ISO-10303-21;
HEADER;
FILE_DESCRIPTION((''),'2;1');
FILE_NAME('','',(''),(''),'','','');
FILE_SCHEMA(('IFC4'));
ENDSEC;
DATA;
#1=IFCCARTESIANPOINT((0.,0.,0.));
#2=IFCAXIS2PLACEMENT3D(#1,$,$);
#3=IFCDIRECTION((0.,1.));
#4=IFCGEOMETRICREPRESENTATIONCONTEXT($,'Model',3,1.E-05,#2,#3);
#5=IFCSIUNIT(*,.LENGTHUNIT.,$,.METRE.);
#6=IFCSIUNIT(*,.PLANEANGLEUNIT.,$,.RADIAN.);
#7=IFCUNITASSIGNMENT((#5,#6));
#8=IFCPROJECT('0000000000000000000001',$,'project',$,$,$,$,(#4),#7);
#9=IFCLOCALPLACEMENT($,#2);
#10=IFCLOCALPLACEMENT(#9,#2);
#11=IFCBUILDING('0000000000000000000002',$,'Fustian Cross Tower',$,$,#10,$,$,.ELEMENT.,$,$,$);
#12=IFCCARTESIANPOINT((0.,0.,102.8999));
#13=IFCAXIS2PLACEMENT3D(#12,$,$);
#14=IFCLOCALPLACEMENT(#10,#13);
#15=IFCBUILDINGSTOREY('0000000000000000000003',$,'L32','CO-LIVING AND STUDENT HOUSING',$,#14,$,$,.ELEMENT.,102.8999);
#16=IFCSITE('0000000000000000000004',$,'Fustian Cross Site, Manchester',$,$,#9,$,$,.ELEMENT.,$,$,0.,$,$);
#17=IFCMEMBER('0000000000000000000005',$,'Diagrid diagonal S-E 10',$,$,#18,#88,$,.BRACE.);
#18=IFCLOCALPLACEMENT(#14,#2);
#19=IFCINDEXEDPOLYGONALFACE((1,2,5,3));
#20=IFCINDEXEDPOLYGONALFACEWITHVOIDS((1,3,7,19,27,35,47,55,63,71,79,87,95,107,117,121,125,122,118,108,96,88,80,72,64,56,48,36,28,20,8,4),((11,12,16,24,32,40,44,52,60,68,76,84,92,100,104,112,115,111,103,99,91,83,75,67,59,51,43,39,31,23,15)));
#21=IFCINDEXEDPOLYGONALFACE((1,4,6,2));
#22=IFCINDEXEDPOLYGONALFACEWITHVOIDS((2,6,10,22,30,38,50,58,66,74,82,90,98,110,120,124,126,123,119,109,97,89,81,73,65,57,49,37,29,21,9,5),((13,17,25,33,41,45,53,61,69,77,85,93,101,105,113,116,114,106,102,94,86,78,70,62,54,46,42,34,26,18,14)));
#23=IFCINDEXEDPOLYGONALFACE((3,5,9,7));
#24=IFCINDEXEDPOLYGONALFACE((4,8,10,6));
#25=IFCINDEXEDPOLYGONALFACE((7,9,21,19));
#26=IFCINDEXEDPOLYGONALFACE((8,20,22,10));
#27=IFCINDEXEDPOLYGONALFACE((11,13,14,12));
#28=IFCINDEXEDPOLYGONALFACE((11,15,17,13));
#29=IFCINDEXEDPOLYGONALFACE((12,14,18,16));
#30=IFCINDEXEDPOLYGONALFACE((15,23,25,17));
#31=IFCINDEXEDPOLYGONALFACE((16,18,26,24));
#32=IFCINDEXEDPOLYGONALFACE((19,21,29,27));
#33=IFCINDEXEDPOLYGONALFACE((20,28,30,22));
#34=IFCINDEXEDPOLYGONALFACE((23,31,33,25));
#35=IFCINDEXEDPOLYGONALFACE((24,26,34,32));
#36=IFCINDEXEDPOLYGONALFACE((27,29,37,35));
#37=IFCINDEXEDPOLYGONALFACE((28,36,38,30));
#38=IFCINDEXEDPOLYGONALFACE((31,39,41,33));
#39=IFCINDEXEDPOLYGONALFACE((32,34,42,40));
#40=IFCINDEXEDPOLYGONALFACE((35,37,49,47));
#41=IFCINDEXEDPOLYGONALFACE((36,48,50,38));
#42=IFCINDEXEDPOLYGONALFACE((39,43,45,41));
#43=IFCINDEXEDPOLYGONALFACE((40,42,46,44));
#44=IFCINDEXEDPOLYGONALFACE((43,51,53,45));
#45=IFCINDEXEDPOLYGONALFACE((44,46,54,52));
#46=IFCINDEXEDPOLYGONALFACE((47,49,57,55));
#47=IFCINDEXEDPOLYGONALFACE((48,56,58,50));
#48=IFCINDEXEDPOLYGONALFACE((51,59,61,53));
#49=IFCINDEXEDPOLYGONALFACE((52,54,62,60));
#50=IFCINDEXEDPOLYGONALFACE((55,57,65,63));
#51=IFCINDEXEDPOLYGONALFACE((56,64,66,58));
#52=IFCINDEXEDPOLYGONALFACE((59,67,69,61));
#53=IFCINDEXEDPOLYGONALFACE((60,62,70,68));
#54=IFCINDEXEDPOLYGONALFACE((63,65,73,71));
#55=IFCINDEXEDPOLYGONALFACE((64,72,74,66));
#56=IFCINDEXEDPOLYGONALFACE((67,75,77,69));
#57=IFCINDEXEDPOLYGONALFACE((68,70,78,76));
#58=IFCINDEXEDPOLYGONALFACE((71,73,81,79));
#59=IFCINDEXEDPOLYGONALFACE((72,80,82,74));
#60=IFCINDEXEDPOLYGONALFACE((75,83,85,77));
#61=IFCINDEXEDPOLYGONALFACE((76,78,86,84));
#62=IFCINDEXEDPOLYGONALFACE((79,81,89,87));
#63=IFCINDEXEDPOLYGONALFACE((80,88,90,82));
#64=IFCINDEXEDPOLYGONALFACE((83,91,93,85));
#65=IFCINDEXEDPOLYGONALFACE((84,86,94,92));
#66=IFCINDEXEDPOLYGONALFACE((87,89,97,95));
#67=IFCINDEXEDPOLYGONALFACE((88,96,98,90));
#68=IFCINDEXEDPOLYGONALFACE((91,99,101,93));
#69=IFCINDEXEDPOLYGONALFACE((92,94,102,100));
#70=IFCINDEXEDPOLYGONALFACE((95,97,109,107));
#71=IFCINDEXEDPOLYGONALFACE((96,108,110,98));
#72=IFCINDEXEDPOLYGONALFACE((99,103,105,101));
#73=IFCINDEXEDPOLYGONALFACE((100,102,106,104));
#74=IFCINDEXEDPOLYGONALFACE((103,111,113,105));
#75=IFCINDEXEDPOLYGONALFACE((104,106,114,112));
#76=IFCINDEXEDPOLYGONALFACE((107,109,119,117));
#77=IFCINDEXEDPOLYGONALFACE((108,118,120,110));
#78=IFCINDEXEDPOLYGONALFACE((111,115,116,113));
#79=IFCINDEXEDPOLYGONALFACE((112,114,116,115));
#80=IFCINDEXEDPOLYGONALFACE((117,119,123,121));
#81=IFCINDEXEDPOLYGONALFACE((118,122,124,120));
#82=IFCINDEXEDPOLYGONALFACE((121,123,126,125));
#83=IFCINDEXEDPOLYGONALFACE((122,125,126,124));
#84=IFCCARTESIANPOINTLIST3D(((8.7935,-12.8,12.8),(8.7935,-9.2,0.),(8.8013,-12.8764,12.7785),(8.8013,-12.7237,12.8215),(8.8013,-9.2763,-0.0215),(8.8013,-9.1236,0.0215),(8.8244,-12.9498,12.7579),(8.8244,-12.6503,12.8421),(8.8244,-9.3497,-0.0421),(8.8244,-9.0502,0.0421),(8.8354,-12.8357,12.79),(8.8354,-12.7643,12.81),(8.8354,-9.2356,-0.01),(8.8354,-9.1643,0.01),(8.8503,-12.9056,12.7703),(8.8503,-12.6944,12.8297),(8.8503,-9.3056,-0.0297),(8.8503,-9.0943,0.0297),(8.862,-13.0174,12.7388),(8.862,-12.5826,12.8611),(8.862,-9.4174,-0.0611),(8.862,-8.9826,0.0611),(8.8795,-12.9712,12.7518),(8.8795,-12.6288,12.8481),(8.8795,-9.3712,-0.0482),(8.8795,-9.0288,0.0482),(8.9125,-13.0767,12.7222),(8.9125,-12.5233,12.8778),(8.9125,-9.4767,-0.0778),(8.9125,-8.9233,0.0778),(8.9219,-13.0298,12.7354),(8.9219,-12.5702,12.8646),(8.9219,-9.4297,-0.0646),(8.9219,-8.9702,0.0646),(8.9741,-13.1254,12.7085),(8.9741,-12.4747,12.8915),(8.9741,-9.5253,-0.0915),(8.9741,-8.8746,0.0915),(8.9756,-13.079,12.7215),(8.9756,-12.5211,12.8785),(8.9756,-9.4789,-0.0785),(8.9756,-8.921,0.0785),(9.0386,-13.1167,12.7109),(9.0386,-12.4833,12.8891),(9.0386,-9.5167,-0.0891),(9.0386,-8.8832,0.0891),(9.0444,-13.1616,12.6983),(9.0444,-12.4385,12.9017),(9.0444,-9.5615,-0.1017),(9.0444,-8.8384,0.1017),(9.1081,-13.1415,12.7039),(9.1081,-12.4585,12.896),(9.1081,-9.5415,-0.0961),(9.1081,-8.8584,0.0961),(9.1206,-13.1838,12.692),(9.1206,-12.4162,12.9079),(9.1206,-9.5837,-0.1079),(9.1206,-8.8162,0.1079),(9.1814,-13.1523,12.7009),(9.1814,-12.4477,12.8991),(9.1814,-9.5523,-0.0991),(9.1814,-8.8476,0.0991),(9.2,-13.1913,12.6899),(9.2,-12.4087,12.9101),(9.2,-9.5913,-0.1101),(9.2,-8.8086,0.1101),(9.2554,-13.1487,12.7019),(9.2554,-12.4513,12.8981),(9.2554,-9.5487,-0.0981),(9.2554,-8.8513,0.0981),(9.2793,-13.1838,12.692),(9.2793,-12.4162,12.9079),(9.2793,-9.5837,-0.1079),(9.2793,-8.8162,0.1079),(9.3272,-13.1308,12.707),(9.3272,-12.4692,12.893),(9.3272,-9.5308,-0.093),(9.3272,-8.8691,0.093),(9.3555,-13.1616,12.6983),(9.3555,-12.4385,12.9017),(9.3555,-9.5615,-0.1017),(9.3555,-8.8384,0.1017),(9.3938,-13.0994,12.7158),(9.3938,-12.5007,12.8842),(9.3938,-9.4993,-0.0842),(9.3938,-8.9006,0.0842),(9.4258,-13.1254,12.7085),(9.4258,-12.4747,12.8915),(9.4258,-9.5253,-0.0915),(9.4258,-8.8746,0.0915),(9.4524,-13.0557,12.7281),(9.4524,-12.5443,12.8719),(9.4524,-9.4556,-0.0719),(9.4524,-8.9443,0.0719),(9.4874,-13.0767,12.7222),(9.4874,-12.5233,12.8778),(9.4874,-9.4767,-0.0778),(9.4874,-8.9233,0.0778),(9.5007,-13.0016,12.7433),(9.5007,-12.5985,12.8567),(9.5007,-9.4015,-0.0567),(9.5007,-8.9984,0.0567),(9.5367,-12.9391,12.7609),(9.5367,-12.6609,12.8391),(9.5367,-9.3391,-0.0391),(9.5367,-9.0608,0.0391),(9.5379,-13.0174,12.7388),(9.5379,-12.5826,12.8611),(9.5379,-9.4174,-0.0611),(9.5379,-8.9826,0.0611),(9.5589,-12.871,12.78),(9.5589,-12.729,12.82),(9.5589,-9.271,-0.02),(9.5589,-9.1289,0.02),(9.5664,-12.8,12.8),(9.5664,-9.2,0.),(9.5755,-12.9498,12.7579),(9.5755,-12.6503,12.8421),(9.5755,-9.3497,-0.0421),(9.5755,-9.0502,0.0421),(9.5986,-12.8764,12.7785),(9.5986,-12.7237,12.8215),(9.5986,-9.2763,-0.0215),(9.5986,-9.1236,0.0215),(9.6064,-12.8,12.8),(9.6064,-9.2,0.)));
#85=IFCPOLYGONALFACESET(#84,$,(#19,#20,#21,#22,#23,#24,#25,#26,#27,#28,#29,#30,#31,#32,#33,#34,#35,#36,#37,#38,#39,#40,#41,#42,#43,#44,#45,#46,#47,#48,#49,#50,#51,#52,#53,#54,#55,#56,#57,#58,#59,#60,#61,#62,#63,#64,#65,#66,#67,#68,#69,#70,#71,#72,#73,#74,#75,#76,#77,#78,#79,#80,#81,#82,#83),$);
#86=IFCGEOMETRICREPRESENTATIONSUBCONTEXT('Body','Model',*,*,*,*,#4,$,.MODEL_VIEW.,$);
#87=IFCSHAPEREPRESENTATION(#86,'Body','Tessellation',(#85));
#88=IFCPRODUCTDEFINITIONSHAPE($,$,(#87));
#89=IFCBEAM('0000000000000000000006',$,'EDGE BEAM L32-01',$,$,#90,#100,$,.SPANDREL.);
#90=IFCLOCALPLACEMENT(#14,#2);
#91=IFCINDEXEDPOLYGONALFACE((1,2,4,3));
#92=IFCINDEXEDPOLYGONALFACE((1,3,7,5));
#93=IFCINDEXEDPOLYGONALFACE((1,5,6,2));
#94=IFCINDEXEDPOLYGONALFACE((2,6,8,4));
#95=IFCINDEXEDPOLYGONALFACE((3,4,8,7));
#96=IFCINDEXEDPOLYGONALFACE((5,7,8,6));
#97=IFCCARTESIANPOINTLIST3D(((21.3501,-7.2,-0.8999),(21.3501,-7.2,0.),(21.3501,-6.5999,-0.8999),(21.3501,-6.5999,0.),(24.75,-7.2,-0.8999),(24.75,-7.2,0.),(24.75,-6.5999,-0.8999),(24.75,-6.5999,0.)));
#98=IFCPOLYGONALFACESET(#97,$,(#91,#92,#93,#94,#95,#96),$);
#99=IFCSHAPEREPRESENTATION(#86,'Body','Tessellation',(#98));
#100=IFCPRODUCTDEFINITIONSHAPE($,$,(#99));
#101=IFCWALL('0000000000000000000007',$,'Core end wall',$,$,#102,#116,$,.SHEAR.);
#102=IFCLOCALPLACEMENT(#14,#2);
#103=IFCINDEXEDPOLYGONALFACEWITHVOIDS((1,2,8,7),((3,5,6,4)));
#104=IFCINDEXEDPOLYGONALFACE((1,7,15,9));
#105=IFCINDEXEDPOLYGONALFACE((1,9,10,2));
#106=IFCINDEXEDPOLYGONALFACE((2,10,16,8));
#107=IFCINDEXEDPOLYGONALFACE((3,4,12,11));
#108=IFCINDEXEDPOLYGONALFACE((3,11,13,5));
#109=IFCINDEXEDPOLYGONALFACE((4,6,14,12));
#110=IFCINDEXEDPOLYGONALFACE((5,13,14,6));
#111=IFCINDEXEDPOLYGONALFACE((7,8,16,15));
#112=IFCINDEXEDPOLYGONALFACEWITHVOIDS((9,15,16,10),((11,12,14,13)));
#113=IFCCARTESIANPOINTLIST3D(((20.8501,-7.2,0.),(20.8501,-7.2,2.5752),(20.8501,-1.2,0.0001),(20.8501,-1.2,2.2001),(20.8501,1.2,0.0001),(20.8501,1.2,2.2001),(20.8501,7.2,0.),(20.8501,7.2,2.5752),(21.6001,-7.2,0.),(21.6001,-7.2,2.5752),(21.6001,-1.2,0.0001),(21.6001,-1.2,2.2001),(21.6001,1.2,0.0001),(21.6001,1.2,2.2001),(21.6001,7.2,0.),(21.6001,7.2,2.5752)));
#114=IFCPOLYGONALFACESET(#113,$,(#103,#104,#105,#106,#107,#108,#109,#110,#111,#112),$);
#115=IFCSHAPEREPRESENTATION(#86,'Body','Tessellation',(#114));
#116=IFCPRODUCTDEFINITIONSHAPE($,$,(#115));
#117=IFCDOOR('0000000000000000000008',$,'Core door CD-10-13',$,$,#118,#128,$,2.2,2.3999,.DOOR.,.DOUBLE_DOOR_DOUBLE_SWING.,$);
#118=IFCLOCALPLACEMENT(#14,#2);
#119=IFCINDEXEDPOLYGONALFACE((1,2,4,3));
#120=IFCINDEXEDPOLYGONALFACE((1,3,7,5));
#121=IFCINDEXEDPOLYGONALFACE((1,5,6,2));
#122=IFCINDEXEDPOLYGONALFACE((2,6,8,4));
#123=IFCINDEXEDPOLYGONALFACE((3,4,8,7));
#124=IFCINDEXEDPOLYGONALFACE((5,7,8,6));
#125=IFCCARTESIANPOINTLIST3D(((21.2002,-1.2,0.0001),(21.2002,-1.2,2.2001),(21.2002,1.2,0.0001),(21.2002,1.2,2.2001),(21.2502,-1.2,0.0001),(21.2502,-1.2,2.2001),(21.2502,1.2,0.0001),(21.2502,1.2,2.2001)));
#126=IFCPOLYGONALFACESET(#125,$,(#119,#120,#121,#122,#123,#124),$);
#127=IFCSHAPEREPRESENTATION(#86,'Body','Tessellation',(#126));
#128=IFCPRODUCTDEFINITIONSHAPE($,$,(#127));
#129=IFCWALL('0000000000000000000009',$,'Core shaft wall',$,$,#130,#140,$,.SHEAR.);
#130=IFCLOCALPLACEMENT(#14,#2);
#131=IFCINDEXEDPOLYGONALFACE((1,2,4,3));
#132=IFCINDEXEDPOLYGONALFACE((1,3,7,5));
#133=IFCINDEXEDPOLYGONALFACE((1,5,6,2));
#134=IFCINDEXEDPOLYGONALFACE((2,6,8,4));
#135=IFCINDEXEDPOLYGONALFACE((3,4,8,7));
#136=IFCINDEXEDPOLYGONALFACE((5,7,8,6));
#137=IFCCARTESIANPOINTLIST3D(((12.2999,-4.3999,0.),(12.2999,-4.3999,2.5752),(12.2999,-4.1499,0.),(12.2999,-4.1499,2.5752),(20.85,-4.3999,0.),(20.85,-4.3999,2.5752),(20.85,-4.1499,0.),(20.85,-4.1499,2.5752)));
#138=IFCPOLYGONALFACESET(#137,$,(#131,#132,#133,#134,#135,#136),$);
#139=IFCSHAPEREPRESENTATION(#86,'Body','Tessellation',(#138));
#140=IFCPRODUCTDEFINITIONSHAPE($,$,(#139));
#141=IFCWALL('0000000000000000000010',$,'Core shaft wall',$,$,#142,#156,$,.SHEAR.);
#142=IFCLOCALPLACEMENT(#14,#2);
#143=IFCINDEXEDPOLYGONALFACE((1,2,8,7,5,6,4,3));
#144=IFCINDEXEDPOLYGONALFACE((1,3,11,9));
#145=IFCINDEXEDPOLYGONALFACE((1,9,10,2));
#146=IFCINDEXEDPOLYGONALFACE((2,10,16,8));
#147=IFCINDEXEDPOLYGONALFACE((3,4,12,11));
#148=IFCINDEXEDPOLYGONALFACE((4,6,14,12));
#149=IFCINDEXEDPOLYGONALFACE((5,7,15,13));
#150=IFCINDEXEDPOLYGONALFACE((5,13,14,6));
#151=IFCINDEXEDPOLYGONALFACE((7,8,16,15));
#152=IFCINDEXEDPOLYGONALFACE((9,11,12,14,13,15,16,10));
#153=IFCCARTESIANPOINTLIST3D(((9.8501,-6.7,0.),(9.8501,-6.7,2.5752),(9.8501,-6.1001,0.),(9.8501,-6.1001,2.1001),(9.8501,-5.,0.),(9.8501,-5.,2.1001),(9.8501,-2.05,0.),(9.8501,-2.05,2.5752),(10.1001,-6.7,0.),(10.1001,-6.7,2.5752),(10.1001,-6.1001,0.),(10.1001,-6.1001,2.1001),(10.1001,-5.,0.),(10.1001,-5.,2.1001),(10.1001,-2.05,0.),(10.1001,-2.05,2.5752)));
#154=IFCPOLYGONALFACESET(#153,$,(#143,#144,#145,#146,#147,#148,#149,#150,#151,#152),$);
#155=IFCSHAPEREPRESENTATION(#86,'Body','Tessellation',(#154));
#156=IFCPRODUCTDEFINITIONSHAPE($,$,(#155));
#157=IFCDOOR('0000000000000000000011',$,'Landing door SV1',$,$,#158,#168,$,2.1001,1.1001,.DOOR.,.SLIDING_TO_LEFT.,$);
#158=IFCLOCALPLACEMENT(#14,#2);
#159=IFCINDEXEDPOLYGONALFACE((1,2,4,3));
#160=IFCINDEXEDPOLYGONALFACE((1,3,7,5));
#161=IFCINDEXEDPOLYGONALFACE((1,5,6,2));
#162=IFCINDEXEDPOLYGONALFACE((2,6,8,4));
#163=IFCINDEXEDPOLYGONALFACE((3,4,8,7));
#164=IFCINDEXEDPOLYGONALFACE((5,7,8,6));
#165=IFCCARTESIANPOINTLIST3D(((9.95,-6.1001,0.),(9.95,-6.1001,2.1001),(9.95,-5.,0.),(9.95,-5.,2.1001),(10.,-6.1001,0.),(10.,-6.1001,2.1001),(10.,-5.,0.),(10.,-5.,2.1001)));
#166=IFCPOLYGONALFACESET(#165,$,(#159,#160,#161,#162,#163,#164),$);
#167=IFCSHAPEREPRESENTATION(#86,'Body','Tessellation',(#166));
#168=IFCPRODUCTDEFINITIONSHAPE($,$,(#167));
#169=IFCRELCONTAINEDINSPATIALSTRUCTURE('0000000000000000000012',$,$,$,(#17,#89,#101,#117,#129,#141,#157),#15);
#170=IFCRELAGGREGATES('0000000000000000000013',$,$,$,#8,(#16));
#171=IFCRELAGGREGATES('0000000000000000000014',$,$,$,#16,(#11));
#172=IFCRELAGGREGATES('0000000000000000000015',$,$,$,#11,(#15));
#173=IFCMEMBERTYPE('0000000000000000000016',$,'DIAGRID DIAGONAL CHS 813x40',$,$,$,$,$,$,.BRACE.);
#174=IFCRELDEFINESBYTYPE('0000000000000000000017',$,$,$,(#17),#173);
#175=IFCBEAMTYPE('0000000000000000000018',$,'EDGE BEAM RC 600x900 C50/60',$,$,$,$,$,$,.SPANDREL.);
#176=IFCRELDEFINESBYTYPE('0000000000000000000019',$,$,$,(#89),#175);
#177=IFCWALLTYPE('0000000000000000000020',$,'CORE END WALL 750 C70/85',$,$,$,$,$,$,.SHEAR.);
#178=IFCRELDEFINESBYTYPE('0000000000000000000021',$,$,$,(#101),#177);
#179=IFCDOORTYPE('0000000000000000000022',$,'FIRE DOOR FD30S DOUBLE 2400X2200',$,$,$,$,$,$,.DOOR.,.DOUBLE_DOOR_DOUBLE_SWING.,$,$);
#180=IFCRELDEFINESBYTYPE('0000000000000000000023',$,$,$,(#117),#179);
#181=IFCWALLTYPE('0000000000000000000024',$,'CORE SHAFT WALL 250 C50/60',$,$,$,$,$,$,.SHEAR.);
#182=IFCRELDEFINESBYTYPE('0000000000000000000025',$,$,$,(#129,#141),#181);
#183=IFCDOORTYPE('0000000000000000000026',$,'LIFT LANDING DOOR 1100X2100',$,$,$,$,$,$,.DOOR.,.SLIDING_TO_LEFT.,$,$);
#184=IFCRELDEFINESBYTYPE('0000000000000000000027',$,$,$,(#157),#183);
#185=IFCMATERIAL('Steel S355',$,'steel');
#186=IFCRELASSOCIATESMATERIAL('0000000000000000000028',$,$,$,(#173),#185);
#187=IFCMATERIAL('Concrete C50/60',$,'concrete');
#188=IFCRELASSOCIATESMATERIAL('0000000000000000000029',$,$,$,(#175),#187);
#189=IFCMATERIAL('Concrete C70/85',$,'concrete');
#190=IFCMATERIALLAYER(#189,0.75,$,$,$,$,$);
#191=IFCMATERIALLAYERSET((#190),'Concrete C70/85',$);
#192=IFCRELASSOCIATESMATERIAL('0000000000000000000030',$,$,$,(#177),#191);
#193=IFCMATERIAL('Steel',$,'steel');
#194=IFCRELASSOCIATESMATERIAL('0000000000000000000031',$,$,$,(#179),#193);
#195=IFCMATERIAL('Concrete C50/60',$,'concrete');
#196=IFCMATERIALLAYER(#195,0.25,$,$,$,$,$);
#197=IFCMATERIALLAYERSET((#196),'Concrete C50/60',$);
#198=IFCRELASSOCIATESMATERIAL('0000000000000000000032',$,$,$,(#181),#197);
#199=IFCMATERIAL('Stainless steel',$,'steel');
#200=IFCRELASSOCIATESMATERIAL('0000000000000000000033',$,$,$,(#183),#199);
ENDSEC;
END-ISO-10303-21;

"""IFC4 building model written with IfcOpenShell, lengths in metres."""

from ifc_helpers import new_model, si_unit, direction, frame, frame_2d, origin, origin_2d, place, context, subcontext, project, spatial, rectangle, hollow_circle, extrude, material, layer, layer_set, material_profile, profile_set, type_object, element, fill, save


model = new_model("IFC4")

# Units and contexts
model_context = context("Model", 3, precision=1e-05, world=origin(), true_north=direction((0.0, 1.0)))
body_context = subcontext(model_context, "Body", "Model", "MODEL_VIEW")
ifc_project = project(units=[si_unit("LENGTHUNIT", "METRE"), si_unit("PLANEANGLEUNIT", "RADIAN")], contexts=[model_context])

# Site, building, storey
site_placement = place(None, origin())
site = spatial("IfcSite", under=ifc_project, at=site_placement, Name="Fustian Cross Site, Manchester", CompositionType="ELEMENT", RefElevation=0.0)
building_placement = place(site_placement, origin())
building = spatial("IfcBuilding", under=site, at=building_placement, Name="Fustian Cross Tower", CompositionType="ELEMENT")
storey_placement = place(building_placement, frame((0.0, 0.0, 102.8999)))
storey = spatial("IfcBuildingStorey", under=building, at=storey_placement, Name="L32", Description="CO-LIVING AND STUDENT HOUSING", CompositionType="ELEMENT", Elevation=102.8999)

# Member
ifc_material_1 = material(Name="Steel S355", Category="steel")
ifc_material_profile_1 = material_profile(ifc_material_1, hollow_circle(Radius=0.4065, WallThickness=0.04, at=origin_2d()), Name="CHS 813x40")
ifc_profile_set_1 = profile_set([ifc_material_profile_1], Name="Steel S355")
member_type_1 = type_object("IfcMemberType", Name="DIAGRID DIAGONAL CHS 813x40", PredefinedType="BRACE", material=ifc_profile_set_1)
for number, where, z_axis, x_axis, name in (
    (1, (9.2, -9.2, 0.0), (0.0, -0.270751, 0.962649), (1.0, 0.0, 0.0), "Diagrid diagonal S-E 10"),
):
    element("IfcMember", number, at=place(storey_placement, frame(where, z_axis=z_axis, x_axis=x_axis)), inside=storey, type_object=member_type_1, Name=name, PredefinedType="BRACE", context=body_context, shape_type="SweptSolid", body=[
        extrude(hollow_circle(Radius=0.4065, WallThickness=0.04, at=origin_2d()), origin(), (0.0, 0.0, 1.0), 13.2966),
    ])

# Beam
ifc_material_2 = material(Name="Concrete C50/60", Category="concrete")
ifc_material_profile_2 = material_profile(ifc_material_2, rectangle(XDim=0.6001, YDim=0.8999, at=origin_2d()), Name="RC 600x900")
ifc_profile_set_2 = profile_set([ifc_material_profile_2], Name="Concrete C50/60")
beam_type = type_object("IfcBeamType", Name="EDGE BEAM RC 600x900 C50/60", PredefinedType="SPANDREL", material=ifc_profile_set_2)
beam_placement = place(storey_placement, frame((21.3501, -6.8999, -0.45), z_axis=(1.0, 0.0, 0.0), x_axis=(0.0, 1.0, 0.0)))
element("IfcBeam", 2, at=beam_placement, inside=storey, type_object=beam_type, Name="EDGE BEAM L32-01", PredefinedType="SPANDREL", context=body_context, shape_type="SweptSolid", body=[
    extrude(rectangle(XDim=0.6001, YDim=0.8999, at=origin_2d()), origin(), (0.0, 0.0, 1.0), 3.3999),
])

# Wall, opening, door
ifc_material_3 = material(Name="Concrete C70/85", Category="concrete")
ifc_layer_1 = layer(ifc_material_3, 0.75)
ifc_layer_set_1 = layer_set([ifc_layer_1], Name="Concrete C70/85")
wall_type_1 = type_object("IfcWallType", Name="CORE END WALL 750 C70/85", PredefinedType="SHEAR", material=ifc_layer_set_1)
wall_1_placement = place(storey_placement, frame((21.2251, -7.2, 0.0), z_axis=(0.0, 0.0, 1.0), x_axis=(0.0, 1.0, 0.0)))
wall_1 = element("IfcWall", 3, at=wall_1_placement, inside=storey, type_object=wall_type_1, Name="Core end wall", PredefinedType="SHEAR", context=body_context, shape_type="SweptSolid", body=[
    extrude(rectangle(XDim=14.3999, YDim=0.75, at=frame_2d((7.2, 0.0))), origin(), (0.0, 0.0, 1.0), 2.5752),
])
opening_1_placement = place(wall_1_placement, frame((6.0, 0.0, 0.0)))
opening_1 = element("IfcOpeningElement", 4, at=opening_1_placement, cuts=wall_1, PredefinedType="OPENING", context=body_context, shape_type="SweptSolid", body=[
    extrude(rectangle(XDim=2.3999, YDim=2.2, at=frame_2d((1.2, 1.1001))), frame((0.0, 0.385, 0.0), z_axis=(0.0, -1.0, 0.0), x_axis=(1.0, 0.0, 0.0)), (0.0, 0.0, 1.0), 0.77),
])
ifc_material_4 = material(Name="Steel", Category="steel")
door_type_1 = type_object("IfcDoorType", Name="FIRE DOOR FD30S DOUBLE 2400X2200", OperationType="DOUBLE_DOOR_DOUBLE_SWING", PredefinedType="DOOR", material=ifc_material_4)
door_1_placement = place(opening_1_placement, origin())
door_1 = element("IfcDoor", 5, at=door_1_placement, inside=storey, type_object=door_type_1, Name="Core door CD-10-13", OperationType="DOUBLE_DOOR_DOUBLE_SWING", OverallHeight=2.2, OverallWidth=2.3999, PredefinedType="DOOR", context=body_context, shape_type="SweptSolid", body=[
    extrude(rectangle(XDim=2.3999, YDim=2.2, at=frame_2d((1.2, 1.1001))), frame((0.0, 0.0249, 0.0), z_axis=(0.0, -1.0, 0.0), x_axis=(1.0, 0.0, 0.0)), (0.0, 0.0, 1.0), 0.05),
])
fill(opening_1, door_1)

# Wall
ifc_material_5 = material(Name="Concrete C50/60", Category="concrete")
ifc_layer_2 = layer(ifc_material_5, 0.25)
ifc_layer_set_2 = layer_set([ifc_layer_2], Name="Concrete C50/60")
wall_type_2 = type_object("IfcWallType", Name="CORE SHAFT WALL 250 C50/60", PredefinedType="SHEAR", material=ifc_layer_set_2)
wall_2_placement = place(storey_placement, frame((12.3, -4.2749, 0.0), z_axis=(0.0, 0.0, 1.0), x_axis=(1.0, 0.0, 0.0)))
element("IfcWall", 6, at=wall_2_placement, inside=storey, type_object=wall_type_2, Name="Core shaft wall", PredefinedType="SHEAR", context=body_context, shape_type="SweptSolid", body=[
    extrude(rectangle(XDim=8.55, YDim=0.25, at=frame_2d((4.2749, 0.0))), origin(), (0.0, 0.0, 1.0), 2.5752),
])

# Wall, opening, door
wall_3_placement = place(storey_placement, frame((9.9751, -2.05, 0.0), z_axis=(0.0, 0.0, 1.0), x_axis=(0.0, -1.0, 0.0)))
wall_3 = element("IfcWall", 7, at=wall_3_placement, inside=storey, type_object=wall_type_2, Name="Core shaft wall", PredefinedType="SHEAR", context=body_context, shape_type="SweptSolid", body=[
    extrude(rectangle(XDim=4.6499, YDim=0.25, at=frame_2d((2.325, 0.0))), origin(), (0.0, 0.0, 1.0), 2.5752),
])
opening_2_placement = place(wall_3_placement, frame((2.95, 0.0, 0.0)))
opening_2 = element("IfcOpeningElement", 8, at=opening_2_placement, cuts=wall_3, PredefinedType="OPENING", context=body_context, shape_type="SweptSolid", body=[
    extrude(rectangle(XDim=1.1001, YDim=2.1001, at=frame_2d((0.55, 1.05))), frame((0.0, 0.135, 0.0), z_axis=(0.0, -1.0, 0.0), x_axis=(1.0, 0.0, 0.0)), (0.0, 0.0, 1.0), 0.27),
])
ifc_material_6 = material(Name="Stainless steel", Category="steel")
door_type_2 = type_object("IfcDoorType", Name="LIFT LANDING DOOR 1100X2100", OperationType="SLIDING_TO_LEFT", PredefinedType="DOOR", material=ifc_material_6)
door_2_placement = place(opening_2_placement, origin())
door_2 = element("IfcDoor", 9, at=door_2_placement, inside=storey, type_object=door_type_2, Name="Landing door SV1", OperationType="SLIDING_TO_LEFT", OverallHeight=2.1001, OverallWidth=1.1001, PredefinedType="DOOR", context=body_context, shape_type="SweptSolid", body=[
    extrude(rectangle(XDim=1.1001, YDim=2.1001, at=frame_2d((0.55, 1.05))), frame((0.0, 0.0249, 0.0), z_axis=(0.0, -1.0, 0.0), x_axis=(1.0, 0.0, 0.0)), (0.0, 0.0, 1.0), 0.05),
])
fill(opening_2, door_2)

save(model, "model.ifc")
